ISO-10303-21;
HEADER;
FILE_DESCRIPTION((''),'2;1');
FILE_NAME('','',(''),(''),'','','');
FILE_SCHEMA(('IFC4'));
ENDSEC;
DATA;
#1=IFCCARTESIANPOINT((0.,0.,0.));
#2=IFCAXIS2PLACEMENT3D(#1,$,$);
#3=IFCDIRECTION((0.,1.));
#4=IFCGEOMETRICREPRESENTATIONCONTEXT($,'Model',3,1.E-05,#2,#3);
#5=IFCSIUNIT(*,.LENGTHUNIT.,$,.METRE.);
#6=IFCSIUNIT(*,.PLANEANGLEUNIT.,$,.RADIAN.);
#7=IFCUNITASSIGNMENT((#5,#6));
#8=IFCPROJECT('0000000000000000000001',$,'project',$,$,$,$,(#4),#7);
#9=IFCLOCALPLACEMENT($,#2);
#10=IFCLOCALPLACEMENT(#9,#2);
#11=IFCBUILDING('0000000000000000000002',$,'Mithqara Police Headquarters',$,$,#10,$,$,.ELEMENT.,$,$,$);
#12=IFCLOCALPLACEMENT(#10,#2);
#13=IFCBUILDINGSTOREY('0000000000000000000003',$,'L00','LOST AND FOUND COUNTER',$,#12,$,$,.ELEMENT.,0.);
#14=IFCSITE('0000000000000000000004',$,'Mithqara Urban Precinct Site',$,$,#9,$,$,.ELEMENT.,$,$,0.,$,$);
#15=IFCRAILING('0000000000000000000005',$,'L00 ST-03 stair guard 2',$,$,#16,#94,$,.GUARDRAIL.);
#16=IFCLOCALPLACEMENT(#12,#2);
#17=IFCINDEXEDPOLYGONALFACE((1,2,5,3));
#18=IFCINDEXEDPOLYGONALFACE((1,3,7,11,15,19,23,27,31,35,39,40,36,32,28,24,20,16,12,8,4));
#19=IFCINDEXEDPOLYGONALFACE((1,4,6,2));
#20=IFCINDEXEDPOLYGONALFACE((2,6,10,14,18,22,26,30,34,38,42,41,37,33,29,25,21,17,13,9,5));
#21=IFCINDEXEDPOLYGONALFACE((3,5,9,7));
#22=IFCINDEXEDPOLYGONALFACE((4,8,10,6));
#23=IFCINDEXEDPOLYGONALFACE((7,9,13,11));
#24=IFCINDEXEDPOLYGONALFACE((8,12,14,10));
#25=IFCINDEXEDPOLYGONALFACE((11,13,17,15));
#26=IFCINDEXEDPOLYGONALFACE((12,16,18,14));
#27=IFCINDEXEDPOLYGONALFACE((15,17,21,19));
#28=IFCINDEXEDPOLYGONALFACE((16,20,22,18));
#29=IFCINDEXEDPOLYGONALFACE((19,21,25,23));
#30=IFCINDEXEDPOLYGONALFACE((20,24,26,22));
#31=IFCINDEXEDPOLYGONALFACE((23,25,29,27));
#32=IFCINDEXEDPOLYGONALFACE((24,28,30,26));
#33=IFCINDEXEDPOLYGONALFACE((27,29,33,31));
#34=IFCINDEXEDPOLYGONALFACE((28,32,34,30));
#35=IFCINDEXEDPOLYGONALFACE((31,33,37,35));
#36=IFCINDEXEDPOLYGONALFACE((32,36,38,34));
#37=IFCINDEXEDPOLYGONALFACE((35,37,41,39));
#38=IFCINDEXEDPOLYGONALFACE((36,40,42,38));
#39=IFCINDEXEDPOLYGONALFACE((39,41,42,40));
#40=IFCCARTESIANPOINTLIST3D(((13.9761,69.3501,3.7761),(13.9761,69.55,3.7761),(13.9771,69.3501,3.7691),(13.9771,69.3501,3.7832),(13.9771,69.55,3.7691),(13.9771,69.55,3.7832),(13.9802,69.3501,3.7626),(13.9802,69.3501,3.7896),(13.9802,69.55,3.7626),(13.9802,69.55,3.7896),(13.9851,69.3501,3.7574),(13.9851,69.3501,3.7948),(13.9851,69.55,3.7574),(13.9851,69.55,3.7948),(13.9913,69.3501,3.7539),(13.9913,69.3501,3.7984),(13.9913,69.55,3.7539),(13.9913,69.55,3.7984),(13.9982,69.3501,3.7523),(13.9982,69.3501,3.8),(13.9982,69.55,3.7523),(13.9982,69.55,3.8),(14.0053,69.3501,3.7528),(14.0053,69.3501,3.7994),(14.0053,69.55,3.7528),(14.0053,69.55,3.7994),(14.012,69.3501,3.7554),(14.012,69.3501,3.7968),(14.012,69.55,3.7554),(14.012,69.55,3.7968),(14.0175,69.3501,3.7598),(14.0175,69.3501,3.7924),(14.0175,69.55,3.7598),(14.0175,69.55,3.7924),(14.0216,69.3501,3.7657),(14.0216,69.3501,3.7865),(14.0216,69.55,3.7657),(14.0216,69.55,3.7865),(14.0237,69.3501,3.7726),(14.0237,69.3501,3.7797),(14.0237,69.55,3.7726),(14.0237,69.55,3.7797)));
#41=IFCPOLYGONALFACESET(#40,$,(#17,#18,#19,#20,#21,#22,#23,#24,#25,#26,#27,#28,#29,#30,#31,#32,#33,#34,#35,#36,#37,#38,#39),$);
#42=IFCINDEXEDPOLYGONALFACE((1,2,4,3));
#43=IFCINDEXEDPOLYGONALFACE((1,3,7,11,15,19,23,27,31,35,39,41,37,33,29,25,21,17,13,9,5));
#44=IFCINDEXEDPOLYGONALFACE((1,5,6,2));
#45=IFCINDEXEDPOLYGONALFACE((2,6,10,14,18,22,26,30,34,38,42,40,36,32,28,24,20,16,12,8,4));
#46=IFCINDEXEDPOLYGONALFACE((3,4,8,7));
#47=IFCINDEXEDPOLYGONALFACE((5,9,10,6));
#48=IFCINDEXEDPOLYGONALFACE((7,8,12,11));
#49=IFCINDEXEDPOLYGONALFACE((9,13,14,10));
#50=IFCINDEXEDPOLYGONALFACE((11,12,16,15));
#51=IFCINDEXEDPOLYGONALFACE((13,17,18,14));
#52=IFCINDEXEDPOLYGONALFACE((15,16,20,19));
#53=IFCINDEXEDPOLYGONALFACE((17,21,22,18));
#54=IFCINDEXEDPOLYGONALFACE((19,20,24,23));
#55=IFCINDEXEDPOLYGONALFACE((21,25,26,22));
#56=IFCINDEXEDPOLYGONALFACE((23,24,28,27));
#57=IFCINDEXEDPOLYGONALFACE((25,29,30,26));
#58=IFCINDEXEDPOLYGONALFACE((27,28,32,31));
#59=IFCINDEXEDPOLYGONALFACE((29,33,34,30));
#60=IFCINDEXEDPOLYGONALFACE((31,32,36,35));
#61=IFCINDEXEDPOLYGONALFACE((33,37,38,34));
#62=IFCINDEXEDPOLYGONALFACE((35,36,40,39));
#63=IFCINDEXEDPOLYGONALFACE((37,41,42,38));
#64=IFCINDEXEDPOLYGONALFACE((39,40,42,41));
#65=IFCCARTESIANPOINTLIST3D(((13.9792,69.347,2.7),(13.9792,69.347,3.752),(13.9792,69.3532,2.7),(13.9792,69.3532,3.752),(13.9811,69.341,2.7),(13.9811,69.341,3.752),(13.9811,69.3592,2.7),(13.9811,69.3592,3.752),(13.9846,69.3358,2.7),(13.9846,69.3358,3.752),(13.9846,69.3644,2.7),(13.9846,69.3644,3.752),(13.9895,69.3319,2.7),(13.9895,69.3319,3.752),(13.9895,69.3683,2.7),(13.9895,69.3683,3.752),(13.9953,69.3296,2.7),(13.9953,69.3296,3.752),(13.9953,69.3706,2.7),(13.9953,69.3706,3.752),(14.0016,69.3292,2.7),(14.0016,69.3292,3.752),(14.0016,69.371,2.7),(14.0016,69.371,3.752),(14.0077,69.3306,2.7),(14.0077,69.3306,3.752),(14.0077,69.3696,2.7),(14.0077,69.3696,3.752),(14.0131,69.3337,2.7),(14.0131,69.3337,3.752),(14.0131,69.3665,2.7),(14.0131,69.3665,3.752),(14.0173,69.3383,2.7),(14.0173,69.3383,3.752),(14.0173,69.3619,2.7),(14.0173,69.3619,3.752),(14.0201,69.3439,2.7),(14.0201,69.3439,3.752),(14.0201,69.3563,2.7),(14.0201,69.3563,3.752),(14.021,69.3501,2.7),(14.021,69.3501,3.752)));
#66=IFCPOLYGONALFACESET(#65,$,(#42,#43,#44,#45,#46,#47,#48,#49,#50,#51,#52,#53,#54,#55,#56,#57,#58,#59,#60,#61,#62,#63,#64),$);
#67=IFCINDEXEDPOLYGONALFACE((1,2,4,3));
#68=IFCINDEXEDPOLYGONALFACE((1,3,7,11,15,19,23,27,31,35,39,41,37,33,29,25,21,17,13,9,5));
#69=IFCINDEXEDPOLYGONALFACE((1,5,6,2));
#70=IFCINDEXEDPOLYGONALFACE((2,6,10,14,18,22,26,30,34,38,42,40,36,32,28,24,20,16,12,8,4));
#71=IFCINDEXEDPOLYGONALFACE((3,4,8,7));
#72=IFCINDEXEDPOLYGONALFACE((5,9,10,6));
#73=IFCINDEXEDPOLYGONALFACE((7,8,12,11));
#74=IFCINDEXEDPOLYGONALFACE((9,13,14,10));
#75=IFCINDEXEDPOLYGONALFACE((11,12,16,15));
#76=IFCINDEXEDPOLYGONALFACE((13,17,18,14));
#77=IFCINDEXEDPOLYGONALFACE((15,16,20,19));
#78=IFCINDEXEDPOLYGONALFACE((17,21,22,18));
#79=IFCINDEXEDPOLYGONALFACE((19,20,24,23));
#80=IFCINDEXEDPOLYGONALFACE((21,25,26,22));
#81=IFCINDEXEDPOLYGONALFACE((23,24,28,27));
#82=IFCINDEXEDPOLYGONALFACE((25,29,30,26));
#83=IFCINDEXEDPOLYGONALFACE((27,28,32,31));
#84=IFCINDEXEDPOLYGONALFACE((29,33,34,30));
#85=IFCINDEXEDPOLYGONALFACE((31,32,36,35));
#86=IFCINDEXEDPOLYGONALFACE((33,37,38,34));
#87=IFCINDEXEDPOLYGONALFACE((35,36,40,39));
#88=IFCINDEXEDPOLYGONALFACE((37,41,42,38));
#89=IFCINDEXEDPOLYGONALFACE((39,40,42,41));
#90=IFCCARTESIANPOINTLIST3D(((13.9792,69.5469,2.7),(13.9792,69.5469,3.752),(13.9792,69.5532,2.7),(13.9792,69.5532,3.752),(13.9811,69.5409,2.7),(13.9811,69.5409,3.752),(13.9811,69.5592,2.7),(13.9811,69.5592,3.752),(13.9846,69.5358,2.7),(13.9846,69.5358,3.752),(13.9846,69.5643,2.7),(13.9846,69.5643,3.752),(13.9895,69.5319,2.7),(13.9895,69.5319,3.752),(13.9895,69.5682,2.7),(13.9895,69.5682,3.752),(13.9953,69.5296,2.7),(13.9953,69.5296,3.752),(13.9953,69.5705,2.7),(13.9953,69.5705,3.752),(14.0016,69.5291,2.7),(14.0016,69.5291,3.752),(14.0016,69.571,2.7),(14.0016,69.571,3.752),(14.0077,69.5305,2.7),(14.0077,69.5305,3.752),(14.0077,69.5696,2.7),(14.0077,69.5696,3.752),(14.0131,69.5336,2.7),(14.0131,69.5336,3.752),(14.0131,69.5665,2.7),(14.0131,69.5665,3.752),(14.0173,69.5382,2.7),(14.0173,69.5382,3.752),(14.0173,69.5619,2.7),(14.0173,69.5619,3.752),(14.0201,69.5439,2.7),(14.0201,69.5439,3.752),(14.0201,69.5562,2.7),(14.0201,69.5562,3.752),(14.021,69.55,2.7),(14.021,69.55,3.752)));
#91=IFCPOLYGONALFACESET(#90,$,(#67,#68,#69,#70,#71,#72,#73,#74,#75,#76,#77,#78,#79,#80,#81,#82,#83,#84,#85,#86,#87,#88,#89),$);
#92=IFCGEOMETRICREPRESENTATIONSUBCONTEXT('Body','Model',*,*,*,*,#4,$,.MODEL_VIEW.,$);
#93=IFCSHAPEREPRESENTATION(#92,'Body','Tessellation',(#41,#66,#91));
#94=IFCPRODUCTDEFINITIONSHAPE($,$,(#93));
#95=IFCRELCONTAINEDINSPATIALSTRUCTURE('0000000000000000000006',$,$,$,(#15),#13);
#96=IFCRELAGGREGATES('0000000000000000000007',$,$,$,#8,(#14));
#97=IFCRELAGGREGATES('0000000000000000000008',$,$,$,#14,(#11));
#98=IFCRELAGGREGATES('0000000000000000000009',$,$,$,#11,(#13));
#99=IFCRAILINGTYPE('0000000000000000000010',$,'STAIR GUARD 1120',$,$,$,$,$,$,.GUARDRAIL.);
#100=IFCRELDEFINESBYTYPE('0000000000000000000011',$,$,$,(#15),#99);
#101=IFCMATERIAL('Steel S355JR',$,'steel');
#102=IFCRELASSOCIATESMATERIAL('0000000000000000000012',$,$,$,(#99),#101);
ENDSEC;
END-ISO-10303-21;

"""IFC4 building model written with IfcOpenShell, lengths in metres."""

from ifc_helpers import new_model, si_unit, direction, frame, origin, origin_2d, place, context, subcontext, project, spatial, circle, extrude, material, type_object, element, save


model = new_model("IFC4")

# Units and contexts
model_context = context("Model", 3, precision=1e-05, world=origin(), true_north=direction((0.0, 1.0)))
body_context = subcontext(model_context, "Body", "Model", "MODEL_VIEW")
ifc_project = project(units=[si_unit("LENGTHUNIT", "METRE"), si_unit("PLANEANGLEUNIT", "RADIAN")], contexts=[model_context])

# Site, building, storey
site_placement = place(None, origin())
site = spatial("IfcSite", under=ifc_project, at=site_placement, Name="Mithqara Urban Precinct Site", CompositionType="ELEMENT", RefElevation=0.0)
building_placement = place(site_placement, origin())
building = spatial("IfcBuilding", under=site, at=building_placement, Name="Mithqara Police Headquarters", CompositionType="ELEMENT")
storey_placement = place(building_placement, origin())
storey = spatial("IfcBuildingStorey", under=building, at=storey_placement, Name="L00", Description="LOST AND FOUND COUNTER", CompositionType="ELEMENT", Elevation=0.0)

# Shared definitions
ifc_material_1 = material(Name="Steel S355JR", Category="steel")

# Railing
railing_type_1 = type_object("IfcRailingType", Name="STAIR GUARD 1120", PredefinedType="GUARDRAIL", material=ifc_material_1)
railing_1_placement = place(storey_placement, frame((14.0, 69.3501, 2.7)))
element("IfcRailing", 1, at=railing_1_placement, inside=storey, type_object=railing_type_1, Name="L00 ST-03 stair guard 2", PredefinedType="GUARDRAIL", context=body_context, shape_type="SweptSolid", body=[
    extrude(circle(Radius=0.0239, at=origin_2d()), frame((0.0, 0.0, 1.0762), z_axis=(0.0, 1.0, 0.0), x_axis=(-1.0, 0.0, 0.0)), (0.0, 0.0, 1.0), 0.2),
    extrude(circle(Radius=0.021, at=origin_2d()), origin(), (0.0, 0.0, 1.0), 1.052),
    extrude(circle(Radius=0.021, at=origin_2d()), frame((0.0, 0.2, 0.0)), (0.0, 0.0, 1.0), 1.052),
])

save(model, "model.ifc")
